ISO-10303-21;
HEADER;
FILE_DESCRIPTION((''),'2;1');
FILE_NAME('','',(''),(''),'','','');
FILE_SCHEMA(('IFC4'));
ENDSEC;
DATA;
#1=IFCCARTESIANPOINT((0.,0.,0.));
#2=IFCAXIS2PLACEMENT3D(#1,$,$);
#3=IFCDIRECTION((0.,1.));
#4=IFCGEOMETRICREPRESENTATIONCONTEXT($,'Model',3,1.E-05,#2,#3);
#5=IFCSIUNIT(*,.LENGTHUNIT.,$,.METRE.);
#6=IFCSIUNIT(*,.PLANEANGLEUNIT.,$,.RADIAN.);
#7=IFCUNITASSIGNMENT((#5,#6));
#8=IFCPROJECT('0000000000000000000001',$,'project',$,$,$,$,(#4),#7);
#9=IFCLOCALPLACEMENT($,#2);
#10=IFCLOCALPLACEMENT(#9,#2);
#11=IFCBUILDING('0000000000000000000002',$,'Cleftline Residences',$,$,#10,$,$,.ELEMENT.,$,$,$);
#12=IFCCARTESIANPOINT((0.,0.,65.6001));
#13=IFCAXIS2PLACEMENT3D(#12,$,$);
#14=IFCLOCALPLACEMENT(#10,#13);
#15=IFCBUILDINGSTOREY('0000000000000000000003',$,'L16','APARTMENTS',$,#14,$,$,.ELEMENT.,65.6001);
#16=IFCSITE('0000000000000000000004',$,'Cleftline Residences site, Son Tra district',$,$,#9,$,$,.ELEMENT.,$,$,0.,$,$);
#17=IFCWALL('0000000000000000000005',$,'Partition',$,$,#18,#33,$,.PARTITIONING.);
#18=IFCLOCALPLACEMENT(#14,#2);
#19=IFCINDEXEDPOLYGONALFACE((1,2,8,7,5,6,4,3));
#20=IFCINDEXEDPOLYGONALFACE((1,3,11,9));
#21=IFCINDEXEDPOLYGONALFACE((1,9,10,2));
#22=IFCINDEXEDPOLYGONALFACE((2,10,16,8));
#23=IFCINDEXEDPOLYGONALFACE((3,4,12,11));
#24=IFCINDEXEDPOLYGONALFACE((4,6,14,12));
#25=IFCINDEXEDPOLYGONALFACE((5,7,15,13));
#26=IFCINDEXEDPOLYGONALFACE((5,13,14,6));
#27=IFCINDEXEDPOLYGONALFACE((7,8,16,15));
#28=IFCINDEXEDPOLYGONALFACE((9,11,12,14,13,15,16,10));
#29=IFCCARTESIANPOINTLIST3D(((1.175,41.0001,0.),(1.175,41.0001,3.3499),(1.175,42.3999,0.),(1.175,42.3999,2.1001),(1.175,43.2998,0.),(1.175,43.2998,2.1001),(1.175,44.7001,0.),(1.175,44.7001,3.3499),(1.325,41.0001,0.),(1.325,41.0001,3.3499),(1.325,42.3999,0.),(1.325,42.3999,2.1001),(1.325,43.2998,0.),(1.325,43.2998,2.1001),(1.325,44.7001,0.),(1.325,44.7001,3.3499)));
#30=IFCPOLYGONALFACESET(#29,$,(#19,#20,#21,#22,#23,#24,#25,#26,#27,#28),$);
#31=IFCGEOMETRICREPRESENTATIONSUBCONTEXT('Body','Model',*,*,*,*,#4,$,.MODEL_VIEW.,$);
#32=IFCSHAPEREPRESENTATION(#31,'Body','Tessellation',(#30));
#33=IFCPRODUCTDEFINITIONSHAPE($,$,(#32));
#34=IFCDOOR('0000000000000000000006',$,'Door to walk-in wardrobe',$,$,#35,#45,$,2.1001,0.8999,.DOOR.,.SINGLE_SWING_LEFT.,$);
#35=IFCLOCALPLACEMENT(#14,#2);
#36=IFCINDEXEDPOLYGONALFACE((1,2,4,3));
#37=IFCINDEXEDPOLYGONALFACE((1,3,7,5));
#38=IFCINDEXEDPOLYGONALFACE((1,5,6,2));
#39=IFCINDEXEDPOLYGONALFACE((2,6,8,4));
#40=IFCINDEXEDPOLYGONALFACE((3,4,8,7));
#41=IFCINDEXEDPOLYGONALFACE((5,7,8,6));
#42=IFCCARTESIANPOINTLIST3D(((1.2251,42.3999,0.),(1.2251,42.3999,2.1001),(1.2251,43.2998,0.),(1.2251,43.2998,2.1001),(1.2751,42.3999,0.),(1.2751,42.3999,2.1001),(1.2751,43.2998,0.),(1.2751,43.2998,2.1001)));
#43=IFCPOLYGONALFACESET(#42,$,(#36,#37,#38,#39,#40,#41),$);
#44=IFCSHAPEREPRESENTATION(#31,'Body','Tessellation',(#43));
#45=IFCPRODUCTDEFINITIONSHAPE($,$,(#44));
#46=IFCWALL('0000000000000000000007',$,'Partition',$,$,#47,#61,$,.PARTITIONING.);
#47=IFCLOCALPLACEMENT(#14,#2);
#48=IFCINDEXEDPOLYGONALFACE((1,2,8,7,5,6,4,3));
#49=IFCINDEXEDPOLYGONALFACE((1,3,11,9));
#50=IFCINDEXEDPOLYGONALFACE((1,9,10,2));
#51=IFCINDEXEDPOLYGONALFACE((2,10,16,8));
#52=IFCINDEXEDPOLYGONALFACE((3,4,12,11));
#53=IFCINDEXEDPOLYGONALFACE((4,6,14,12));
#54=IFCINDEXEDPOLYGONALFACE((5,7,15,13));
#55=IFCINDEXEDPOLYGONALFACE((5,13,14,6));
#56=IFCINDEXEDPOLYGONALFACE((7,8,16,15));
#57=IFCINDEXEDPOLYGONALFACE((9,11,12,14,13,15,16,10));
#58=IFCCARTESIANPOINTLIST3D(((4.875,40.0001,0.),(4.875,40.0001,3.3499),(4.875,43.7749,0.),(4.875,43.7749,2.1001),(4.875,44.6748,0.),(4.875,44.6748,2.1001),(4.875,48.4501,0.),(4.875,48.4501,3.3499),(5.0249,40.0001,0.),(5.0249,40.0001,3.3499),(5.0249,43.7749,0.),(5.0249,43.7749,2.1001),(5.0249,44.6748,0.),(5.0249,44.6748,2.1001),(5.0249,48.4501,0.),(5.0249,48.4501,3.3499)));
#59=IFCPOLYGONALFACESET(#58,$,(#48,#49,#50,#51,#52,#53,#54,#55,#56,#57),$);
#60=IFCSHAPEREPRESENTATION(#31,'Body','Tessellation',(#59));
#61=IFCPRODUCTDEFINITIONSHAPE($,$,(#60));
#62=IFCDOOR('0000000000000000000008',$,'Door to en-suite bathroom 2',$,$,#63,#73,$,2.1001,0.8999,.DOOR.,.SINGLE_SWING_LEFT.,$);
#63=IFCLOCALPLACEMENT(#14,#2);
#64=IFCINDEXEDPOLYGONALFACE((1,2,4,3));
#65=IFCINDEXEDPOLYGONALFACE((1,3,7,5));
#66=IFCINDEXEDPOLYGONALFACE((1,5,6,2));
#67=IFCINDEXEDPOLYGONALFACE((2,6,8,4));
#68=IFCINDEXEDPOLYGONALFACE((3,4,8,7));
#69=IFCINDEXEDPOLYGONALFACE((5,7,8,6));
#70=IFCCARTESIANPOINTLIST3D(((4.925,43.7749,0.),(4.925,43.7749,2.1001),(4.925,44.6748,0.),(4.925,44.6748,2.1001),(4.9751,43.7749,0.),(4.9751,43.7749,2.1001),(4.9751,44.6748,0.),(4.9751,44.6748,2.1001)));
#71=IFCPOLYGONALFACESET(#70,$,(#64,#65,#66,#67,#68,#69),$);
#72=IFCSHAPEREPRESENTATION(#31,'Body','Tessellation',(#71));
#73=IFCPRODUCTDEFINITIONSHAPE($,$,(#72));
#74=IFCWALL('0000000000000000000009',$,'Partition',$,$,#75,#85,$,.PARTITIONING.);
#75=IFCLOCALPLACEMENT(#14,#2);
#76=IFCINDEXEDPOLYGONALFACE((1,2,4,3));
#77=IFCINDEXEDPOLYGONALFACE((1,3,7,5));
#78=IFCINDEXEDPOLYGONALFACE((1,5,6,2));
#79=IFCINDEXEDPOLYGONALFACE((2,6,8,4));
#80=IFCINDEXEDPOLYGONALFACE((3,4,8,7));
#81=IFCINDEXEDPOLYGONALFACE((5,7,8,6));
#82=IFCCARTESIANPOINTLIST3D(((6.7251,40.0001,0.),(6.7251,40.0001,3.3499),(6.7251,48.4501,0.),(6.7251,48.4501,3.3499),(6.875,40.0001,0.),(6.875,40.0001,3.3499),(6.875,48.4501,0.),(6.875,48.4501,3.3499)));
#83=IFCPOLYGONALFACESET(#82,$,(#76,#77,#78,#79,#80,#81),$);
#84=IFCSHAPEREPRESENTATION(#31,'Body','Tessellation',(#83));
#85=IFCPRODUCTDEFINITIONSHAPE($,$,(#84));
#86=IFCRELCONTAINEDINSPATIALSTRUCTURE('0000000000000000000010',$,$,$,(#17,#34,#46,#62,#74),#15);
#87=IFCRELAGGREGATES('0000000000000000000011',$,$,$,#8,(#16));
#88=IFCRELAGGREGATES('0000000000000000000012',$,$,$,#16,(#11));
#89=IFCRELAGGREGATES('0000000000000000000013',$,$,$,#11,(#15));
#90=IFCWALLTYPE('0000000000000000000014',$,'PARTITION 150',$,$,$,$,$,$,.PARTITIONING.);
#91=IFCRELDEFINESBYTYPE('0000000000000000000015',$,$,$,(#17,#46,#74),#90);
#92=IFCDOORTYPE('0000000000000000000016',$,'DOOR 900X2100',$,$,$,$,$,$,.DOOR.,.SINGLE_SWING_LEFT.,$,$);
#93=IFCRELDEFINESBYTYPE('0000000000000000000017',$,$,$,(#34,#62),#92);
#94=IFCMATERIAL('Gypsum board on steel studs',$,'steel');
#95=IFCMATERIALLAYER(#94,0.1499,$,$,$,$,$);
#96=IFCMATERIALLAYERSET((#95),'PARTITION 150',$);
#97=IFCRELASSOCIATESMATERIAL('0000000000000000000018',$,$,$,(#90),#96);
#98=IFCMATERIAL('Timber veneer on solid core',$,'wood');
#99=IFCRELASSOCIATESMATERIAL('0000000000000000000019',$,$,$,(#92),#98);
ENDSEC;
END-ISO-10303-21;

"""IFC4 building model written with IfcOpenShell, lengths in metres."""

from ifc_helpers import new_model, si_unit, direction, frame, frame_2d, origin, place, context, subcontext, project, spatial, rectangle, extrude, material, layer, layer_set, type_object, element, fill, save


model = new_model("IFC4")

# Units and contexts
model_context = context("Model", 3, precision=1e-05, world=origin(), true_north=direction((0.0, 1.0)))
body_context = subcontext(model_context, "Body", "Model", "MODEL_VIEW")
ifc_project = project(units=[si_unit("LENGTHUNIT", "METRE"), si_unit("PLANEANGLEUNIT", "RADIAN")], contexts=[model_context])

# Site, building, storey
site_placement = place(None, origin())
site = spatial("IfcSite", under=ifc_project, at=site_placement, Name="Cleftline Residences site, Son Tra district", CompositionType="ELEMENT", RefElevation=0.0)
building_placement = place(site_placement, origin())
building = spatial("IfcBuilding", under=site, at=building_placement, Name="Cleftline Residences", CompositionType="ELEMENT")
storey_placement = place(building_placement, frame((0.0, 0.0, 65.6001)))
storey = spatial("IfcBuildingStorey", under=building, at=storey_placement, Name="L16", Description="APARTMENTS", CompositionType="ELEMENT", Elevation=65.6001)

# Walls, openings, doors
ifc_material_1 = material(Name="Gypsum board on steel studs", Category="steel")
ifc_layer_1 = layer(ifc_material_1, 0.1499)
ifc_layer_set_1 = layer_set([ifc_layer_1], Name="PARTITION 150")
wall_type_1 = type_object("IfcWallType", Name="PARTITION 150", PredefinedType="PARTITIONING", material=ifc_layer_set_1)
wall_1_placement = place(storey_placement, frame((1.25, 41.0, 0.0), z_axis=(0.0, 0.0, 1.0), x_axis=(0.0, 1.0, 0.0)))
wall_1 = element("IfcWall", 1, at=wall_1_placement, inside=storey, type_object=wall_type_1, Name="Partition", PredefinedType="PARTITIONING", context=body_context, shape_type="SweptSolid", body=[
    extrude(rectangle(XDim=3.7, YDim=0.1499, at=frame_2d((1.8501, 0.0))), origin(), (0.0, 0.0, 1.0), 3.3499),
])
opening_1_placement = place(wall_1_placement, frame((1.3999, 0.0, 0.0)))
opening_1 = element("IfcOpeningElement", 2, at=opening_1_placement, cuts=wall_1, PredefinedType="OPENING", context=body_context, shape_type="SweptSolid", body=[
    extrude(rectangle(XDim=0.8999, YDim=2.1001, at=frame_2d((0.45, 1.05))), frame((0.0, 0.085, 0.0), z_axis=(0.0, -1.0, 0.0), x_axis=(1.0, 0.0, 0.0)), (0.0, 0.0, 1.0), 0.1699),
])
ifc_material_2 = material(Name="Timber veneer on solid core", Category="wood")
door_type = type_object("IfcDoorType", Name="DOOR 900X2100", OperationType="SINGLE_SWING_LEFT", PredefinedType="DOOR", material=ifc_material_2)
door_1_placement = place(opening_1_placement, origin())
door_1 = element("IfcDoor", 3, at=door_1_placement, inside=storey, type_object=door_type, Name="Door to walk-in wardrobe", OperationType="SINGLE_SWING_LEFT", OverallHeight=2.1001, OverallWidth=0.8999, PredefinedType="DOOR", context=body_context, shape_type="SweptSolid", body=[
    extrude(rectangle(XDim=0.8999, YDim=2.1001, at=frame_2d((0.45, 1.05))), frame((0.0, 0.0249, 0.0), z_axis=(0.0, -1.0, 0.0), x_axis=(1.0, 0.0, 0.0)), (0.0, 0.0, 1.0), 0.05),
])
fill(opening_1, door_1)
wall_2_placement = place(storey_placement, frame((4.95, 40.0, 0.0), z_axis=(0.0, 0.0, 1.0), x_axis=(0.0, 1.0, 0.0)))
wall_2 = element("IfcWall", 4, at=wall_2_placement, inside=storey, type_object=wall_type_1, Name="Partition", PredefinedType="PARTITIONING", context=body_context, shape_type="SweptSolid", body=[
    extrude(rectangle(XDim=8.45, YDim=0.1499, at=frame_2d((4.2251, 0.0))), origin(), (0.0, 0.0, 1.0), 3.3499),
])
opening_2_placement = place(wall_2_placement, frame((3.7749, 0.0, 0.0)))
opening_2 = element("IfcOpeningElement", 5, at=opening_2_placement, cuts=wall_2, PredefinedType="OPENING", context=body_context, shape_type="SweptSolid", body=[
    extrude(rectangle(XDim=0.8999, YDim=2.1001, at=frame_2d((0.45, 1.05))), frame((0.0, 0.085, 0.0), z_axis=(0.0, -1.0, 0.0), x_axis=(1.0, 0.0, 0.0)), (0.0, 0.0, 1.0), 0.1699),
])
door_2_placement = place(opening_2_placement, origin())
door_2 = element("IfcDoor", 6, at=door_2_placement, inside=storey, type_object=door_type, Name="Door to en-suite bathroom 2", OperationType="SINGLE_SWING_LEFT", OverallHeight=2.1001, OverallWidth=0.8999, PredefinedType="DOOR", context=body_context, shape_type="SweptSolid", body=[
    extrude(rectangle(XDim=0.8999, YDim=2.1001, at=frame_2d((0.45, 1.05))), frame((0.0, 0.0249, 0.0), z_axis=(0.0, -1.0, 0.0), x_axis=(1.0, 0.0, 0.0)), (0.0, 0.0, 1.0), 0.05),
])
fill(opening_2, door_2)

# Wall
wall_3_placement = place(storey_placement, frame((6.8, 40.0, 0.0), z_axis=(0.0, 0.0, 1.0), x_axis=(0.0, 1.0, 0.0)))
element("IfcWall", 7, at=wall_3_placement, inside=storey, type_object=wall_type_1, Name="Partition", PredefinedType="PARTITIONING", context=body_context, shape_type="SweptSolid", body=[
    extrude(rectangle(XDim=8.45, YDim=0.1499, at=frame_2d((4.2251, 0.0))), origin(), (0.0, 0.0, 1.0), 3.3499),
])

save(model, "model.ifc")
